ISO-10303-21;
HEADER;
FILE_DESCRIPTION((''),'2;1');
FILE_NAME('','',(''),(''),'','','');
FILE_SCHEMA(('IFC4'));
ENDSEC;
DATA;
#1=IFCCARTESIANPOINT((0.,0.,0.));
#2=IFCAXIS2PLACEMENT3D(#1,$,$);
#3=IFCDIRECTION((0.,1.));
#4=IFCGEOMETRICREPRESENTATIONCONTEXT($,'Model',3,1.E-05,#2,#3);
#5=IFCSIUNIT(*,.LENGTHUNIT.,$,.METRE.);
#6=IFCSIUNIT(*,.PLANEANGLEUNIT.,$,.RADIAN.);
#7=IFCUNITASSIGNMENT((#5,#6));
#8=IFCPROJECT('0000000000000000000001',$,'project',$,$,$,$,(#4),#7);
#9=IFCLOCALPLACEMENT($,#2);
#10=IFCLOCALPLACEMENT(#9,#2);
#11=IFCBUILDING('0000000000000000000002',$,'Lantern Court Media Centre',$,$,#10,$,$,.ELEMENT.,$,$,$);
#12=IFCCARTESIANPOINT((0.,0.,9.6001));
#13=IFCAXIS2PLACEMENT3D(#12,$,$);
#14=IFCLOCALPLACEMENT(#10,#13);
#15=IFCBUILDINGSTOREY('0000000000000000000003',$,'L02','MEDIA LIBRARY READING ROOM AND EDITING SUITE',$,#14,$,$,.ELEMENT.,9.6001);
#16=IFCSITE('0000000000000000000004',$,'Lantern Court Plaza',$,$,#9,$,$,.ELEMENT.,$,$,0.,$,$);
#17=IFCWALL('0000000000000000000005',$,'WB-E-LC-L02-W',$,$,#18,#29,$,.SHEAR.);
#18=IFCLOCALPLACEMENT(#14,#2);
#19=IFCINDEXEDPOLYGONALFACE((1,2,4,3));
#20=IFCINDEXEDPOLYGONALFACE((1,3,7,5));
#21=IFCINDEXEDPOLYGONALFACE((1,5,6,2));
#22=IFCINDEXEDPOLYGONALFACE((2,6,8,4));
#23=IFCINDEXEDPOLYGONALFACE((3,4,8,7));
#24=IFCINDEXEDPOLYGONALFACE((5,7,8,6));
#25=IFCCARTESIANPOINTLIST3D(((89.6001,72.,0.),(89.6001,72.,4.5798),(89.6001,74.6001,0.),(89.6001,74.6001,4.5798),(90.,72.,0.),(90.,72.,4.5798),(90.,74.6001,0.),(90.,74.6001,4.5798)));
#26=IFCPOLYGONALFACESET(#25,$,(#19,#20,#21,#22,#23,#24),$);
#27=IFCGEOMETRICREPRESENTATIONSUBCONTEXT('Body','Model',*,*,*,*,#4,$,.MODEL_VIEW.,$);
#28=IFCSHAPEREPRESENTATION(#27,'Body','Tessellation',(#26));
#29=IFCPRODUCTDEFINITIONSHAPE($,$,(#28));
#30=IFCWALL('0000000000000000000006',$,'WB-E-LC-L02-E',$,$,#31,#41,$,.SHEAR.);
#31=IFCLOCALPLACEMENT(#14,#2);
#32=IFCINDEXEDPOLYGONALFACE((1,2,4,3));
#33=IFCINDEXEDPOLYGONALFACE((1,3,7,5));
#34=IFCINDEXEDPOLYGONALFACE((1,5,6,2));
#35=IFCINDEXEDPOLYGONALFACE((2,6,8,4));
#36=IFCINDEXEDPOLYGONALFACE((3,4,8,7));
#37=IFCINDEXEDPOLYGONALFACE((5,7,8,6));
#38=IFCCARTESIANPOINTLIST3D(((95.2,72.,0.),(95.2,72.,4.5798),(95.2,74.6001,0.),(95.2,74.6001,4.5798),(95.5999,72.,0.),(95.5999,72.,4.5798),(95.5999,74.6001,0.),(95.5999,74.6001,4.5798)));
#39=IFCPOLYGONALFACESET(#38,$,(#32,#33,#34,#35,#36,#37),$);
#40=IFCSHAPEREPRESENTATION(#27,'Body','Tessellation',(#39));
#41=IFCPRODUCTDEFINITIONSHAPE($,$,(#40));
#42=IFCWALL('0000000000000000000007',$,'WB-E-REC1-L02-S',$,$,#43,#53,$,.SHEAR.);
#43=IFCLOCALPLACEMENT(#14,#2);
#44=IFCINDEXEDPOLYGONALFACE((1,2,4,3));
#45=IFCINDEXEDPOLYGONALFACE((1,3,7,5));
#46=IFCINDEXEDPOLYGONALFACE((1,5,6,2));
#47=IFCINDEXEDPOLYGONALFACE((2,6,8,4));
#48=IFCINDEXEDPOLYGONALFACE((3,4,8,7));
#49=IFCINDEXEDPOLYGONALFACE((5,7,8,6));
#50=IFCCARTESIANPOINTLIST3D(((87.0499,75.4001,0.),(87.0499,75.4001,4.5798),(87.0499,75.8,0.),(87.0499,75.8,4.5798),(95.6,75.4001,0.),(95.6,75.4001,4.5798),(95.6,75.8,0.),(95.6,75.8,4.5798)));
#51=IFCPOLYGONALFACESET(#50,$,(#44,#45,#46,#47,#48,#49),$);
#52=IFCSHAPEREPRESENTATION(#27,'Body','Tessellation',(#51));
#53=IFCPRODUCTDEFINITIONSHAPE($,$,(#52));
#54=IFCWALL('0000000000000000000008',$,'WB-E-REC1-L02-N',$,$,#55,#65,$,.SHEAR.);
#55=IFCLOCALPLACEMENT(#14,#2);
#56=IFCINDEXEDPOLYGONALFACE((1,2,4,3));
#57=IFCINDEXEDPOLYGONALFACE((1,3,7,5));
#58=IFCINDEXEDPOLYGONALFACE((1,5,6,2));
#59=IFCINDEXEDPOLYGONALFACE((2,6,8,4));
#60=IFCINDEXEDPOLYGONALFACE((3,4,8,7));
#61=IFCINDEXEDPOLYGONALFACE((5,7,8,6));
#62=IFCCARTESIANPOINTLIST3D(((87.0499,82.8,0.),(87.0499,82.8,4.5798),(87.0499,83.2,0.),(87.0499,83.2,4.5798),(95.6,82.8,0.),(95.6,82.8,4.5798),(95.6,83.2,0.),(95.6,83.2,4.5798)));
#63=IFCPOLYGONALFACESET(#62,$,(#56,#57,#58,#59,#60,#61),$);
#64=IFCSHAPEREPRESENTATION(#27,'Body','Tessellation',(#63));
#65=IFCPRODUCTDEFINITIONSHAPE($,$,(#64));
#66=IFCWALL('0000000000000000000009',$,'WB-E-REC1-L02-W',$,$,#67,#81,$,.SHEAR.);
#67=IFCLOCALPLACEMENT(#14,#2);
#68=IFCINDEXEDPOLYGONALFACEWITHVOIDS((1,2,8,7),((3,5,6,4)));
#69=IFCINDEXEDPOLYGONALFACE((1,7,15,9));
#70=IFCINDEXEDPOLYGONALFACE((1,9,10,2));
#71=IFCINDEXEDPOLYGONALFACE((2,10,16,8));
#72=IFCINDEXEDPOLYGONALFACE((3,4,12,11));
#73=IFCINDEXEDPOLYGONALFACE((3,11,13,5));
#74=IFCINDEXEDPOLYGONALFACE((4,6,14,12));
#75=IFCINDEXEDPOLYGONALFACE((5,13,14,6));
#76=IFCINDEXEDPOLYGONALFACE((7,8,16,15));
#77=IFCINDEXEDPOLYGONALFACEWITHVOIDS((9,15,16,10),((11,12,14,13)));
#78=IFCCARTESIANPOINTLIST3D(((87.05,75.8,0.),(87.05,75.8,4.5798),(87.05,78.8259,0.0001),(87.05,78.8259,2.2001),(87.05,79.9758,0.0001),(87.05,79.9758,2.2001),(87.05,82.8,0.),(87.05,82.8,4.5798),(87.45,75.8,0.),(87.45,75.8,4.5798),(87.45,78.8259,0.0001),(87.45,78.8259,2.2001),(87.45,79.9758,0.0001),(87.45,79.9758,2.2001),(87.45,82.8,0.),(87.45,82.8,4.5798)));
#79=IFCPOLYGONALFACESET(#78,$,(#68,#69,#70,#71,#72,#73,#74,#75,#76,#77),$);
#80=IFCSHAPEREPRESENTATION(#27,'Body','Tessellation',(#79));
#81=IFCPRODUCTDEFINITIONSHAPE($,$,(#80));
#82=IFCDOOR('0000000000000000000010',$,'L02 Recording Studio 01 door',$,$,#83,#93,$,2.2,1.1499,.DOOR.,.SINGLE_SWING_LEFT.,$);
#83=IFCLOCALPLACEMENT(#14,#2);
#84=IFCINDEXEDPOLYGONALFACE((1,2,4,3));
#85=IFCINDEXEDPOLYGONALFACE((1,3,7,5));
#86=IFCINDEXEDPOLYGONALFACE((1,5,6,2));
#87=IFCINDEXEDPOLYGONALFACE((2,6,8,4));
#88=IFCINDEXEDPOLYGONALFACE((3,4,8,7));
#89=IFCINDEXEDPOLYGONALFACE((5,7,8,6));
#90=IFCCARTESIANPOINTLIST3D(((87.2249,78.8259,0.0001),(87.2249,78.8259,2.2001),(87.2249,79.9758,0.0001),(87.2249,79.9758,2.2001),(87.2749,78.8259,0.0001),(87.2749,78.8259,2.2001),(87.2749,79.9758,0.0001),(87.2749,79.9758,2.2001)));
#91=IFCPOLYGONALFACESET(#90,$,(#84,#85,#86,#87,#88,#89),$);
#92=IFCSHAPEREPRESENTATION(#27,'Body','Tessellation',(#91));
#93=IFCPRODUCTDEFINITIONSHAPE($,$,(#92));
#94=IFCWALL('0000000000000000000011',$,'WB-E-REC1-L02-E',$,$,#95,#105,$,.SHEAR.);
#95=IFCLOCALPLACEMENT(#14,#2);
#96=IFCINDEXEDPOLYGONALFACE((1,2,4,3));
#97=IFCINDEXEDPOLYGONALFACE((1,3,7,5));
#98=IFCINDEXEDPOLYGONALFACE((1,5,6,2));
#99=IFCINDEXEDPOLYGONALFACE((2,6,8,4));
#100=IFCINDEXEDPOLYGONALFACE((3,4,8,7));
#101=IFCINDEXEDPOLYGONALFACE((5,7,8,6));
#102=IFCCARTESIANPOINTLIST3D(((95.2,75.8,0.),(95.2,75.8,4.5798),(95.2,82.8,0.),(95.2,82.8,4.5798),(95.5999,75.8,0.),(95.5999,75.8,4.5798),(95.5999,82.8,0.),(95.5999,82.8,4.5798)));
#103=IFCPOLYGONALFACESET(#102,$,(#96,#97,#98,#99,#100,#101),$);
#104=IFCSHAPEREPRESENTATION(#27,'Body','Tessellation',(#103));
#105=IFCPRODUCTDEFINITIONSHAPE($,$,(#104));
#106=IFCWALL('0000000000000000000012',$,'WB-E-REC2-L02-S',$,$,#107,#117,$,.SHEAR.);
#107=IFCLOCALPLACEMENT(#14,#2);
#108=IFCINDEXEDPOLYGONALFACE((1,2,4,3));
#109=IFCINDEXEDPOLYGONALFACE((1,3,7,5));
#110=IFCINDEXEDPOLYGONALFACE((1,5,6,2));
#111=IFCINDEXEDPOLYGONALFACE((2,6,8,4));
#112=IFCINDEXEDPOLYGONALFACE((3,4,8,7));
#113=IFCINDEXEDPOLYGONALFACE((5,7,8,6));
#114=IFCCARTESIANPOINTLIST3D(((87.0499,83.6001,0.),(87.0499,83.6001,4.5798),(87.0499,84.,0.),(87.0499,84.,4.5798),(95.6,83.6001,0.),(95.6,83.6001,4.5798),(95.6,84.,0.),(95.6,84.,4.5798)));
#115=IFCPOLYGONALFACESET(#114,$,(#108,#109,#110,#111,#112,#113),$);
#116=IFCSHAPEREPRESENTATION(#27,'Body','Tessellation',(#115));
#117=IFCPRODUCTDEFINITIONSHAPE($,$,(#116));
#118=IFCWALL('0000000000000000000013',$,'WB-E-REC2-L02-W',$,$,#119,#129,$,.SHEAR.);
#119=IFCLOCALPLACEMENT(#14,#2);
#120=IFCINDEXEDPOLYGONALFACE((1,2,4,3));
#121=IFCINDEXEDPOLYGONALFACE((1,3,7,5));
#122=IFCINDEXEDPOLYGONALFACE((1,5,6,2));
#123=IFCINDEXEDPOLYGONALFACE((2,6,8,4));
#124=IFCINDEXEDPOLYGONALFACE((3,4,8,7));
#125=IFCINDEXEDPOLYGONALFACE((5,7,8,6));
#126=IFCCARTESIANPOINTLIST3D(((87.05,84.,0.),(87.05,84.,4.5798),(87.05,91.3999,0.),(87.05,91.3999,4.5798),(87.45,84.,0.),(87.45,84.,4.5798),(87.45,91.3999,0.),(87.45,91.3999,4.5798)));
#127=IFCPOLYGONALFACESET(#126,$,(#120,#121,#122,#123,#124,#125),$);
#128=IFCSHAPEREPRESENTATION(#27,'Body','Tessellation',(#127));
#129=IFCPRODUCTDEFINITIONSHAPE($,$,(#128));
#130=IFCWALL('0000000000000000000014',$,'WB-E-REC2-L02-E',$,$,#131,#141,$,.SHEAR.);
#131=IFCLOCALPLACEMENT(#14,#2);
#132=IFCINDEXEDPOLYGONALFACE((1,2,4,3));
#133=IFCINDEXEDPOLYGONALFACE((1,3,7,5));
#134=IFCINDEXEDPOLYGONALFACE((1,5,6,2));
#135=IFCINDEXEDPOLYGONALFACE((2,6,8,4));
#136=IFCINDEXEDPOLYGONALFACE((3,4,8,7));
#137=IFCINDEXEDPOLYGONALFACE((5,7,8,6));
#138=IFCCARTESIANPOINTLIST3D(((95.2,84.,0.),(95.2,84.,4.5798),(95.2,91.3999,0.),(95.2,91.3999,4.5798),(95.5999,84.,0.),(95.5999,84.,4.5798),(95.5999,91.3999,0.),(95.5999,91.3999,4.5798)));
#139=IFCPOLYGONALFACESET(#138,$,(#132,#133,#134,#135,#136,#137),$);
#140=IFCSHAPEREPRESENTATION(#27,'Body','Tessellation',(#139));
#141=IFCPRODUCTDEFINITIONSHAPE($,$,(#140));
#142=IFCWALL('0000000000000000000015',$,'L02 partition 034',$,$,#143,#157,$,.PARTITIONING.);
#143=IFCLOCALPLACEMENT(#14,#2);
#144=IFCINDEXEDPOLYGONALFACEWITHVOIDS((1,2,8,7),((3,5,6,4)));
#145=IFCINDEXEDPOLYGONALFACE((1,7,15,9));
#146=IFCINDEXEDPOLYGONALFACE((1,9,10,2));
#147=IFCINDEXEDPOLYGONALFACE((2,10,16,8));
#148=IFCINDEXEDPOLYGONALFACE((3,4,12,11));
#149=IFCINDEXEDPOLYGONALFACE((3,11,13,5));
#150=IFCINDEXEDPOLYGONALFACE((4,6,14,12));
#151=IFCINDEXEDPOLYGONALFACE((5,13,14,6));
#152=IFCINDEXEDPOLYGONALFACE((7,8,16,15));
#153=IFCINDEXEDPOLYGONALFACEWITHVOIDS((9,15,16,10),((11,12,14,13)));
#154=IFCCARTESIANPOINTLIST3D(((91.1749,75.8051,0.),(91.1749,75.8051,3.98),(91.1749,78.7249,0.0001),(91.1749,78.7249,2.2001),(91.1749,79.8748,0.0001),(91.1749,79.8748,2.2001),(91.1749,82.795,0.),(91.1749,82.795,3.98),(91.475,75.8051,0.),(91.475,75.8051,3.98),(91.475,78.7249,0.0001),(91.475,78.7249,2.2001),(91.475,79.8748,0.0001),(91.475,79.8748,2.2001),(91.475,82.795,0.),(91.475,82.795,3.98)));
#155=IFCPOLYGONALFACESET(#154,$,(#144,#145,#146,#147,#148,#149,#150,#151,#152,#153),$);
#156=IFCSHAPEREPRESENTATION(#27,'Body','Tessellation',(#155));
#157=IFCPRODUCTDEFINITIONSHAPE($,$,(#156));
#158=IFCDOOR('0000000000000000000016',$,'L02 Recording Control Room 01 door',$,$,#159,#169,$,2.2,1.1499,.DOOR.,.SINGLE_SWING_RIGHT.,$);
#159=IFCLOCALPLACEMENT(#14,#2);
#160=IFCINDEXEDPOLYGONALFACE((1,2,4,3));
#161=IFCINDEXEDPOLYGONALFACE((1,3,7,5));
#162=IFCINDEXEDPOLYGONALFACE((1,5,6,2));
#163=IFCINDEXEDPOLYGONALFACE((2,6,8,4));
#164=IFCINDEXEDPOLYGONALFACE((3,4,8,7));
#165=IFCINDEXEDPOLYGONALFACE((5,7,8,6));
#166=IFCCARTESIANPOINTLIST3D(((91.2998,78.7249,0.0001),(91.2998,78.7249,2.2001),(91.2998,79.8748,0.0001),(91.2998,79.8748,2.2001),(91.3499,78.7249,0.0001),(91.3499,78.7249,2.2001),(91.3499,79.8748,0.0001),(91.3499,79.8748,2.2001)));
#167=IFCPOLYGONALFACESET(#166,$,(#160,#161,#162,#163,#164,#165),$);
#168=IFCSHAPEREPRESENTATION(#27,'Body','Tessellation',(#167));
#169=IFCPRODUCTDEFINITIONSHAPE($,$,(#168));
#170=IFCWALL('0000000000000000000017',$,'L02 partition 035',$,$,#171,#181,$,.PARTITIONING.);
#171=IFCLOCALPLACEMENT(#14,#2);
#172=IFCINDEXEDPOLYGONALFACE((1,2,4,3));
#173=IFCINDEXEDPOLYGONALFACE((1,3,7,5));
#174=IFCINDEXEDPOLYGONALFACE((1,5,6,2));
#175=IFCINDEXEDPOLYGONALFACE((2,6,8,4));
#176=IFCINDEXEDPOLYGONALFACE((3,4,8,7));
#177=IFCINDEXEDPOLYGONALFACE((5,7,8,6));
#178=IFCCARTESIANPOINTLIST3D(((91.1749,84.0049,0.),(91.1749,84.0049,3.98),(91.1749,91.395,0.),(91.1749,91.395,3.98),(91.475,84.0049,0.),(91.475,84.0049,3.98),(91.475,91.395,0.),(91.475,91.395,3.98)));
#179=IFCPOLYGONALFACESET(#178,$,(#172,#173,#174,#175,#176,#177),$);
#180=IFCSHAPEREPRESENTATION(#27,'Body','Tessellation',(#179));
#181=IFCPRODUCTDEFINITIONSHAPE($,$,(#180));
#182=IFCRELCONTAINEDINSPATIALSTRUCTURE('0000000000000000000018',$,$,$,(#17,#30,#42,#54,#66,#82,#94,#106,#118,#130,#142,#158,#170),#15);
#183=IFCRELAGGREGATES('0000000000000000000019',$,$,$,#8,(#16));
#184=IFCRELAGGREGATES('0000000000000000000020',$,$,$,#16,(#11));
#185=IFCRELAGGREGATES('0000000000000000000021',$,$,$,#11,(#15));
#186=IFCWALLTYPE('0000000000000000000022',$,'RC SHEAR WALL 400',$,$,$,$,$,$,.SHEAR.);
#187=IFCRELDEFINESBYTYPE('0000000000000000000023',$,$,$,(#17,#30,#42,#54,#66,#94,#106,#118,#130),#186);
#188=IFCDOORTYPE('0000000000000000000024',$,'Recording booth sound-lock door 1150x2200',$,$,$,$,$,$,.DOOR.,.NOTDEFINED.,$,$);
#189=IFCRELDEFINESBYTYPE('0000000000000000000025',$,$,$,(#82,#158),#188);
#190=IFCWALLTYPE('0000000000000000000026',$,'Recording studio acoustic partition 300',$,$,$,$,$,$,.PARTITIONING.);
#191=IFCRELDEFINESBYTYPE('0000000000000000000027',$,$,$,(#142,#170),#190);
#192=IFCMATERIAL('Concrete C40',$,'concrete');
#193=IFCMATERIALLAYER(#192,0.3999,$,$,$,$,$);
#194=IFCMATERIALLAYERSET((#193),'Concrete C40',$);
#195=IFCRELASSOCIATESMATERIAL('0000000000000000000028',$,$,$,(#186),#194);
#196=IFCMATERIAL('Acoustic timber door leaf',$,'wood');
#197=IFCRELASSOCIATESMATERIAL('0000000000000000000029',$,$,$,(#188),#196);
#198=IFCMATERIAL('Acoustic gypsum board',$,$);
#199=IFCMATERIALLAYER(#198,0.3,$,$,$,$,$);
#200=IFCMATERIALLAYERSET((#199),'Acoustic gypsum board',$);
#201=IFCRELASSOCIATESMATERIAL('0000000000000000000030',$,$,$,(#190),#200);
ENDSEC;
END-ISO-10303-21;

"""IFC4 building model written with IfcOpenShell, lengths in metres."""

from ifc_helpers import new_model, si_unit, direction, frame, frame_2d, origin, place, context, subcontext, project, spatial, rectangle, extrude, material, layer, layer_set, type_object, element, fill, save


model = new_model("IFC4")

# Units and contexts
model_context = context("Model", 3, precision=1e-05, world=origin(), true_north=direction((0.0, 1.0)))
body_context = subcontext(model_context, "Body", "Model", "MODEL_VIEW")
ifc_project = project(units=[si_unit("LENGTHUNIT", "METRE"), si_unit("PLANEANGLEUNIT", "RADIAN")], contexts=[model_context])

# Site, building, storey
site_placement = place(None, origin())
site = spatial("IfcSite", under=ifc_project, at=site_placement, Name="Lantern Court Plaza", CompositionType="ELEMENT", RefElevation=0.0)
building_placement = place(site_placement, origin())
building = spatial("IfcBuilding", under=site, at=building_placement, Name="Lantern Court Media Centre", CompositionType="ELEMENT")
storey_placement = place(building_placement, frame((0.0, 0.0, 9.6001)))
storey = spatial("IfcBuildingStorey", under=building, at=storey_placement, Name="L02", Description="MEDIA LIBRARY READING ROOM AND EDITING SUITE", CompositionType="ELEMENT", Elevation=9.6001)

# Shared definitions
ifc_material_1 = material(Name="Concrete C40", Category="concrete")

# Shared definitions
ifc_layer_1 = layer(ifc_material_1, 0.3999)
ifc_layer_set_1 = layer_set([ifc_layer_1], Name="Concrete C40")
wall_type_1 = type_object("IfcWallType", Name="RC SHEAR WALL 400", PredefinedType="SHEAR", material=ifc_layer_set_1)

# Walls
for number, where, z_axis, x_axis, name in (
    (1, (89.8, 72.0, 0.0), (0.0, 0.0, 1.0), (0.0, 1.0, 0.0), "WB-E-LC-L02-W"),
    (2, (95.3999, 72.0, 0.0), (0.0, 0.0, 1.0), (0.0, 1.0, 0.0), "WB-E-LC-L02-E"),
):
    element("IfcWall", number, at=place(storey_placement, frame(where, z_axis=z_axis, x_axis=x_axis)), inside=storey, type_object=wall_type_1, Name=name, PredefinedType="SHEAR", context=body_context, shape_type="SweptSolid", body=[
        extrude(rectangle(XDim=2.6001, YDim=0.3999, at=frame_2d((1.3, 0.0))), origin(), (0.0, 0.0, 1.0), 4.5798),
    ])
for number, where, z_axis, x_axis, name in (
    (3, (87.05, 75.6001, 0.0), (0.0, 0.0, 1.0), (1.0, 0.0, 0.0), "WB-E-REC1-L02-S"),
    (4, (87.05, 83.0, 0.0), (0.0, 0.0, 1.0), (1.0, 0.0, 0.0), "WB-E-REC1-L02-N"),
):
    element("IfcWall", number, at=place(storey_placement, frame(where, z_axis=z_axis, x_axis=x_axis)), inside=storey, type_object=wall_type_1, Name=name, PredefinedType="SHEAR", context=body_context, shape_type="SweptSolid", body=[
        extrude(rectangle(XDim=8.55, YDim=0.3999, at=frame_2d((4.2749, 0.0))), origin(), (0.0, 0.0, 1.0), 4.5798),
    ])

# Wall, opening, door
wall_1_placement = place(storey_placement, frame((87.25, 75.8, 0.0), z_axis=(0.0, 0.0, 1.0), x_axis=(0.0, 1.0, 0.0)))
wall_1 = element("IfcWall", 5, at=wall_1_placement, inside=storey, type_object=wall_type_1, Name="WB-E-REC1-L02-W", PredefinedType="SHEAR", context=body_context, shape_type="SweptSolid", body=[
    extrude(rectangle(XDim=7.0, YDim=0.3999, at=frame_2d((3.5, 0.0))), origin(), (0.0, 0.0, 1.0), 4.5798),
])
opening_1_placement = place(wall_1_placement, frame((3.0259, 0.0, 0.0)))
opening_1 = element("IfcOpeningElement", 6, at=opening_1_placement, cuts=wall_1, PredefinedType="OPENING", context=body_context, shape_type="SweptSolid", body=[
    extrude(rectangle(XDim=1.1499, YDim=2.2, at=frame_2d((0.575, 1.1001))), frame((0.0, 0.21, 0.0), z_axis=(0.0, -1.0, 0.0), x_axis=(1.0, 0.0, 0.0)), (0.0, 0.0, 1.0), 0.4199),
])
ifc_material_2 = material(Name="Acoustic timber door leaf", Category="wood")
door_type_1 = type_object("IfcDoorType", Name="Recording booth sound-lock door 1150x2200", OperationType="NOTDEFINED", PredefinedType="DOOR", material=ifc_material_2)
door_1_placement = place(opening_1_placement, frame((1.1499, 0.0, 0.0), z_axis=(0.0, 0.0, 1.0), x_axis=(-1.0, 0.0, 0.0)))
door_1 = element("IfcDoor", 7, at=door_1_placement, inside=storey, type_object=door_type_1, Name="L02 Recording Studio 01 door", OperationType="SINGLE_SWING_LEFT", OverallHeight=2.2, OverallWidth=1.1499, PredefinedType="DOOR", context=body_context, shape_type="SweptSolid", body=[
    extrude(rectangle(XDim=1.1499, YDim=2.2, at=frame_2d((0.575, 1.1001))), frame((0.0, 0.0249, 0.0), z_axis=(0.0, -1.0, 0.0), x_axis=(1.0, 0.0, 0.0)), (0.0, 0.0, 1.0), 0.05),
])
fill(opening_1, door_1)

# Walls
wall_2_placement = place(storey_placement, frame((95.3999, 75.8, 0.0), z_axis=(0.0, 0.0, 1.0), x_axis=(0.0, 1.0, 0.0)))
element("IfcWall", 8, at=wall_2_placement, inside=storey, type_object=wall_type_1, Name="WB-E-REC1-L02-E", PredefinedType="SHEAR", context=body_context, shape_type="SweptSolid", body=[
    extrude(rectangle(XDim=7.0, YDim=0.3999, at=frame_2d((3.5, 0.0))), origin(), (0.0, 0.0, 1.0), 4.5798),
])
wall_3_placement = place(storey_placement, frame((87.05, 83.8, 0.0), z_axis=(0.0, 0.0, 1.0), x_axis=(1.0, 0.0, 0.0)))
element("IfcWall", 9, at=wall_3_placement, inside=storey, type_object=wall_type_1, Name="WB-E-REC2-L02-S", PredefinedType="SHEAR", context=body_context, shape_type="SweptSolid", body=[
    extrude(rectangle(XDim=8.55, YDim=0.3999, at=frame_2d((4.2749, 0.0))), origin(), (0.0, 0.0, 1.0), 4.5798),
])
for number, where, z_axis, x_axis, name in (
    (10, (87.25, 84.0, 0.0), (0.0, 0.0, 1.0), (0.0, 1.0, 0.0), "WB-E-REC2-L02-W"),
    (11, (95.3999, 84.0, 0.0), (0.0, 0.0, 1.0), (0.0, 1.0, 0.0), "WB-E-REC2-L02-E"),
):
    element("IfcWall", number, at=place(storey_placement, frame(where, z_axis=z_axis, x_axis=x_axis)), inside=storey, type_object=wall_type_1, Name=name, PredefinedType="SHEAR", context=body_context, shape_type="SweptSolid", body=[
        extrude(rectangle(XDim=7.3999, YDim=0.3999, at=frame_2d((3.7, 0.0))), origin(), (0.0, 0.0, 1.0), 4.5798),
    ])

# Wall, opening, door
ifc_material_3 = material(Name="Acoustic gypsum board")
ifc_layer_2 = layer(ifc_material_3, 0.3)
ifc_layer_set_2 = layer_set([ifc_layer_2], Name="Acoustic gypsum board")
wall_type_2 = type_object("IfcWallType", Name="Recording studio acoustic partition 300", PredefinedType="PARTITIONING", material=ifc_layer_set_2)
wall_4_placement = place(storey_placement, frame((91.325, 75.8049, 0.0), z_axis=(0.0, 0.0, 1.0), x_axis=(0.0, 1.0, 0.0)))
wall_4 = element("IfcWall", 12, at=wall_4_placement, inside=storey, type_object=wall_type_2, Name="L02 partition 034", PredefinedType="PARTITIONING", context=body_context, shape_type="SweptSolid", body=[
    extrude(rectangle(XDim=6.99, YDim=0.3, at=frame_2d((3.4951, 0.0))), origin(), (0.0, 0.0, 1.0), 3.98),
])
opening_2_placement = place(wall_4_placement, frame((2.9199, 0.0, 0.0)))
opening_2 = element("IfcOpeningElement", 13, at=opening_2_placement, cuts=wall_4, PredefinedType="OPENING", context=body_context, shape_type="SweptSolid", body=[
    extrude(rectangle(XDim=1.1499, YDim=2.2, at=frame_2d((0.575, 1.1001))), frame((0.0, 0.1599, 0.0), z_axis=(0.0, -1.0, 0.0), x_axis=(1.0, 0.0, 0.0)), (0.0, 0.0, 1.0), 0.3201),
])
door_2_placement = place(opening_2_placement, frame((1.1499, 0.0, 0.0), z_axis=(0.0, 0.0, 1.0), x_axis=(-1.0, 0.0, 0.0)))
door_2 = element("IfcDoor", 14, at=door_2_placement, inside=storey, type_object=door_type_1, Name="L02 Recording Control Room 01 door", OperationType="SINGLE_SWING_RIGHT", OverallHeight=2.2, OverallWidth=1.1499, PredefinedType="DOOR", context=body_context, shape_type="SweptSolid", body=[
    extrude(rectangle(XDim=1.1499, YDim=2.2, at=frame_2d((0.575, 1.1001))), frame((0.0, 0.0249, 0.0), z_axis=(0.0, -1.0, 0.0), x_axis=(1.0, 0.0, 0.0)), (0.0, 0.0, 1.0), 0.05),
])
fill(opening_2, door_2)

# Wall
wall_5_placement = place(storey_placement, frame((91.325, 84.0049, 0.0), z_axis=(0.0, 0.0, 1.0), x_axis=(0.0, 1.0, 0.0)))
element("IfcWall", 15, at=wall_5_placement, inside=storey, type_object=wall_type_2, Name="L02 partition 035", PredefinedType="PARTITIONING", context=body_context, shape_type="SweptSolid", body=[
    extrude(rectangle(XDim=7.3901, YDim=0.3, at=frame_2d((3.6951, 0.0))), origin(), (0.0, 0.0, 1.0), 3.98),
])

save(model, "model.ifc")
